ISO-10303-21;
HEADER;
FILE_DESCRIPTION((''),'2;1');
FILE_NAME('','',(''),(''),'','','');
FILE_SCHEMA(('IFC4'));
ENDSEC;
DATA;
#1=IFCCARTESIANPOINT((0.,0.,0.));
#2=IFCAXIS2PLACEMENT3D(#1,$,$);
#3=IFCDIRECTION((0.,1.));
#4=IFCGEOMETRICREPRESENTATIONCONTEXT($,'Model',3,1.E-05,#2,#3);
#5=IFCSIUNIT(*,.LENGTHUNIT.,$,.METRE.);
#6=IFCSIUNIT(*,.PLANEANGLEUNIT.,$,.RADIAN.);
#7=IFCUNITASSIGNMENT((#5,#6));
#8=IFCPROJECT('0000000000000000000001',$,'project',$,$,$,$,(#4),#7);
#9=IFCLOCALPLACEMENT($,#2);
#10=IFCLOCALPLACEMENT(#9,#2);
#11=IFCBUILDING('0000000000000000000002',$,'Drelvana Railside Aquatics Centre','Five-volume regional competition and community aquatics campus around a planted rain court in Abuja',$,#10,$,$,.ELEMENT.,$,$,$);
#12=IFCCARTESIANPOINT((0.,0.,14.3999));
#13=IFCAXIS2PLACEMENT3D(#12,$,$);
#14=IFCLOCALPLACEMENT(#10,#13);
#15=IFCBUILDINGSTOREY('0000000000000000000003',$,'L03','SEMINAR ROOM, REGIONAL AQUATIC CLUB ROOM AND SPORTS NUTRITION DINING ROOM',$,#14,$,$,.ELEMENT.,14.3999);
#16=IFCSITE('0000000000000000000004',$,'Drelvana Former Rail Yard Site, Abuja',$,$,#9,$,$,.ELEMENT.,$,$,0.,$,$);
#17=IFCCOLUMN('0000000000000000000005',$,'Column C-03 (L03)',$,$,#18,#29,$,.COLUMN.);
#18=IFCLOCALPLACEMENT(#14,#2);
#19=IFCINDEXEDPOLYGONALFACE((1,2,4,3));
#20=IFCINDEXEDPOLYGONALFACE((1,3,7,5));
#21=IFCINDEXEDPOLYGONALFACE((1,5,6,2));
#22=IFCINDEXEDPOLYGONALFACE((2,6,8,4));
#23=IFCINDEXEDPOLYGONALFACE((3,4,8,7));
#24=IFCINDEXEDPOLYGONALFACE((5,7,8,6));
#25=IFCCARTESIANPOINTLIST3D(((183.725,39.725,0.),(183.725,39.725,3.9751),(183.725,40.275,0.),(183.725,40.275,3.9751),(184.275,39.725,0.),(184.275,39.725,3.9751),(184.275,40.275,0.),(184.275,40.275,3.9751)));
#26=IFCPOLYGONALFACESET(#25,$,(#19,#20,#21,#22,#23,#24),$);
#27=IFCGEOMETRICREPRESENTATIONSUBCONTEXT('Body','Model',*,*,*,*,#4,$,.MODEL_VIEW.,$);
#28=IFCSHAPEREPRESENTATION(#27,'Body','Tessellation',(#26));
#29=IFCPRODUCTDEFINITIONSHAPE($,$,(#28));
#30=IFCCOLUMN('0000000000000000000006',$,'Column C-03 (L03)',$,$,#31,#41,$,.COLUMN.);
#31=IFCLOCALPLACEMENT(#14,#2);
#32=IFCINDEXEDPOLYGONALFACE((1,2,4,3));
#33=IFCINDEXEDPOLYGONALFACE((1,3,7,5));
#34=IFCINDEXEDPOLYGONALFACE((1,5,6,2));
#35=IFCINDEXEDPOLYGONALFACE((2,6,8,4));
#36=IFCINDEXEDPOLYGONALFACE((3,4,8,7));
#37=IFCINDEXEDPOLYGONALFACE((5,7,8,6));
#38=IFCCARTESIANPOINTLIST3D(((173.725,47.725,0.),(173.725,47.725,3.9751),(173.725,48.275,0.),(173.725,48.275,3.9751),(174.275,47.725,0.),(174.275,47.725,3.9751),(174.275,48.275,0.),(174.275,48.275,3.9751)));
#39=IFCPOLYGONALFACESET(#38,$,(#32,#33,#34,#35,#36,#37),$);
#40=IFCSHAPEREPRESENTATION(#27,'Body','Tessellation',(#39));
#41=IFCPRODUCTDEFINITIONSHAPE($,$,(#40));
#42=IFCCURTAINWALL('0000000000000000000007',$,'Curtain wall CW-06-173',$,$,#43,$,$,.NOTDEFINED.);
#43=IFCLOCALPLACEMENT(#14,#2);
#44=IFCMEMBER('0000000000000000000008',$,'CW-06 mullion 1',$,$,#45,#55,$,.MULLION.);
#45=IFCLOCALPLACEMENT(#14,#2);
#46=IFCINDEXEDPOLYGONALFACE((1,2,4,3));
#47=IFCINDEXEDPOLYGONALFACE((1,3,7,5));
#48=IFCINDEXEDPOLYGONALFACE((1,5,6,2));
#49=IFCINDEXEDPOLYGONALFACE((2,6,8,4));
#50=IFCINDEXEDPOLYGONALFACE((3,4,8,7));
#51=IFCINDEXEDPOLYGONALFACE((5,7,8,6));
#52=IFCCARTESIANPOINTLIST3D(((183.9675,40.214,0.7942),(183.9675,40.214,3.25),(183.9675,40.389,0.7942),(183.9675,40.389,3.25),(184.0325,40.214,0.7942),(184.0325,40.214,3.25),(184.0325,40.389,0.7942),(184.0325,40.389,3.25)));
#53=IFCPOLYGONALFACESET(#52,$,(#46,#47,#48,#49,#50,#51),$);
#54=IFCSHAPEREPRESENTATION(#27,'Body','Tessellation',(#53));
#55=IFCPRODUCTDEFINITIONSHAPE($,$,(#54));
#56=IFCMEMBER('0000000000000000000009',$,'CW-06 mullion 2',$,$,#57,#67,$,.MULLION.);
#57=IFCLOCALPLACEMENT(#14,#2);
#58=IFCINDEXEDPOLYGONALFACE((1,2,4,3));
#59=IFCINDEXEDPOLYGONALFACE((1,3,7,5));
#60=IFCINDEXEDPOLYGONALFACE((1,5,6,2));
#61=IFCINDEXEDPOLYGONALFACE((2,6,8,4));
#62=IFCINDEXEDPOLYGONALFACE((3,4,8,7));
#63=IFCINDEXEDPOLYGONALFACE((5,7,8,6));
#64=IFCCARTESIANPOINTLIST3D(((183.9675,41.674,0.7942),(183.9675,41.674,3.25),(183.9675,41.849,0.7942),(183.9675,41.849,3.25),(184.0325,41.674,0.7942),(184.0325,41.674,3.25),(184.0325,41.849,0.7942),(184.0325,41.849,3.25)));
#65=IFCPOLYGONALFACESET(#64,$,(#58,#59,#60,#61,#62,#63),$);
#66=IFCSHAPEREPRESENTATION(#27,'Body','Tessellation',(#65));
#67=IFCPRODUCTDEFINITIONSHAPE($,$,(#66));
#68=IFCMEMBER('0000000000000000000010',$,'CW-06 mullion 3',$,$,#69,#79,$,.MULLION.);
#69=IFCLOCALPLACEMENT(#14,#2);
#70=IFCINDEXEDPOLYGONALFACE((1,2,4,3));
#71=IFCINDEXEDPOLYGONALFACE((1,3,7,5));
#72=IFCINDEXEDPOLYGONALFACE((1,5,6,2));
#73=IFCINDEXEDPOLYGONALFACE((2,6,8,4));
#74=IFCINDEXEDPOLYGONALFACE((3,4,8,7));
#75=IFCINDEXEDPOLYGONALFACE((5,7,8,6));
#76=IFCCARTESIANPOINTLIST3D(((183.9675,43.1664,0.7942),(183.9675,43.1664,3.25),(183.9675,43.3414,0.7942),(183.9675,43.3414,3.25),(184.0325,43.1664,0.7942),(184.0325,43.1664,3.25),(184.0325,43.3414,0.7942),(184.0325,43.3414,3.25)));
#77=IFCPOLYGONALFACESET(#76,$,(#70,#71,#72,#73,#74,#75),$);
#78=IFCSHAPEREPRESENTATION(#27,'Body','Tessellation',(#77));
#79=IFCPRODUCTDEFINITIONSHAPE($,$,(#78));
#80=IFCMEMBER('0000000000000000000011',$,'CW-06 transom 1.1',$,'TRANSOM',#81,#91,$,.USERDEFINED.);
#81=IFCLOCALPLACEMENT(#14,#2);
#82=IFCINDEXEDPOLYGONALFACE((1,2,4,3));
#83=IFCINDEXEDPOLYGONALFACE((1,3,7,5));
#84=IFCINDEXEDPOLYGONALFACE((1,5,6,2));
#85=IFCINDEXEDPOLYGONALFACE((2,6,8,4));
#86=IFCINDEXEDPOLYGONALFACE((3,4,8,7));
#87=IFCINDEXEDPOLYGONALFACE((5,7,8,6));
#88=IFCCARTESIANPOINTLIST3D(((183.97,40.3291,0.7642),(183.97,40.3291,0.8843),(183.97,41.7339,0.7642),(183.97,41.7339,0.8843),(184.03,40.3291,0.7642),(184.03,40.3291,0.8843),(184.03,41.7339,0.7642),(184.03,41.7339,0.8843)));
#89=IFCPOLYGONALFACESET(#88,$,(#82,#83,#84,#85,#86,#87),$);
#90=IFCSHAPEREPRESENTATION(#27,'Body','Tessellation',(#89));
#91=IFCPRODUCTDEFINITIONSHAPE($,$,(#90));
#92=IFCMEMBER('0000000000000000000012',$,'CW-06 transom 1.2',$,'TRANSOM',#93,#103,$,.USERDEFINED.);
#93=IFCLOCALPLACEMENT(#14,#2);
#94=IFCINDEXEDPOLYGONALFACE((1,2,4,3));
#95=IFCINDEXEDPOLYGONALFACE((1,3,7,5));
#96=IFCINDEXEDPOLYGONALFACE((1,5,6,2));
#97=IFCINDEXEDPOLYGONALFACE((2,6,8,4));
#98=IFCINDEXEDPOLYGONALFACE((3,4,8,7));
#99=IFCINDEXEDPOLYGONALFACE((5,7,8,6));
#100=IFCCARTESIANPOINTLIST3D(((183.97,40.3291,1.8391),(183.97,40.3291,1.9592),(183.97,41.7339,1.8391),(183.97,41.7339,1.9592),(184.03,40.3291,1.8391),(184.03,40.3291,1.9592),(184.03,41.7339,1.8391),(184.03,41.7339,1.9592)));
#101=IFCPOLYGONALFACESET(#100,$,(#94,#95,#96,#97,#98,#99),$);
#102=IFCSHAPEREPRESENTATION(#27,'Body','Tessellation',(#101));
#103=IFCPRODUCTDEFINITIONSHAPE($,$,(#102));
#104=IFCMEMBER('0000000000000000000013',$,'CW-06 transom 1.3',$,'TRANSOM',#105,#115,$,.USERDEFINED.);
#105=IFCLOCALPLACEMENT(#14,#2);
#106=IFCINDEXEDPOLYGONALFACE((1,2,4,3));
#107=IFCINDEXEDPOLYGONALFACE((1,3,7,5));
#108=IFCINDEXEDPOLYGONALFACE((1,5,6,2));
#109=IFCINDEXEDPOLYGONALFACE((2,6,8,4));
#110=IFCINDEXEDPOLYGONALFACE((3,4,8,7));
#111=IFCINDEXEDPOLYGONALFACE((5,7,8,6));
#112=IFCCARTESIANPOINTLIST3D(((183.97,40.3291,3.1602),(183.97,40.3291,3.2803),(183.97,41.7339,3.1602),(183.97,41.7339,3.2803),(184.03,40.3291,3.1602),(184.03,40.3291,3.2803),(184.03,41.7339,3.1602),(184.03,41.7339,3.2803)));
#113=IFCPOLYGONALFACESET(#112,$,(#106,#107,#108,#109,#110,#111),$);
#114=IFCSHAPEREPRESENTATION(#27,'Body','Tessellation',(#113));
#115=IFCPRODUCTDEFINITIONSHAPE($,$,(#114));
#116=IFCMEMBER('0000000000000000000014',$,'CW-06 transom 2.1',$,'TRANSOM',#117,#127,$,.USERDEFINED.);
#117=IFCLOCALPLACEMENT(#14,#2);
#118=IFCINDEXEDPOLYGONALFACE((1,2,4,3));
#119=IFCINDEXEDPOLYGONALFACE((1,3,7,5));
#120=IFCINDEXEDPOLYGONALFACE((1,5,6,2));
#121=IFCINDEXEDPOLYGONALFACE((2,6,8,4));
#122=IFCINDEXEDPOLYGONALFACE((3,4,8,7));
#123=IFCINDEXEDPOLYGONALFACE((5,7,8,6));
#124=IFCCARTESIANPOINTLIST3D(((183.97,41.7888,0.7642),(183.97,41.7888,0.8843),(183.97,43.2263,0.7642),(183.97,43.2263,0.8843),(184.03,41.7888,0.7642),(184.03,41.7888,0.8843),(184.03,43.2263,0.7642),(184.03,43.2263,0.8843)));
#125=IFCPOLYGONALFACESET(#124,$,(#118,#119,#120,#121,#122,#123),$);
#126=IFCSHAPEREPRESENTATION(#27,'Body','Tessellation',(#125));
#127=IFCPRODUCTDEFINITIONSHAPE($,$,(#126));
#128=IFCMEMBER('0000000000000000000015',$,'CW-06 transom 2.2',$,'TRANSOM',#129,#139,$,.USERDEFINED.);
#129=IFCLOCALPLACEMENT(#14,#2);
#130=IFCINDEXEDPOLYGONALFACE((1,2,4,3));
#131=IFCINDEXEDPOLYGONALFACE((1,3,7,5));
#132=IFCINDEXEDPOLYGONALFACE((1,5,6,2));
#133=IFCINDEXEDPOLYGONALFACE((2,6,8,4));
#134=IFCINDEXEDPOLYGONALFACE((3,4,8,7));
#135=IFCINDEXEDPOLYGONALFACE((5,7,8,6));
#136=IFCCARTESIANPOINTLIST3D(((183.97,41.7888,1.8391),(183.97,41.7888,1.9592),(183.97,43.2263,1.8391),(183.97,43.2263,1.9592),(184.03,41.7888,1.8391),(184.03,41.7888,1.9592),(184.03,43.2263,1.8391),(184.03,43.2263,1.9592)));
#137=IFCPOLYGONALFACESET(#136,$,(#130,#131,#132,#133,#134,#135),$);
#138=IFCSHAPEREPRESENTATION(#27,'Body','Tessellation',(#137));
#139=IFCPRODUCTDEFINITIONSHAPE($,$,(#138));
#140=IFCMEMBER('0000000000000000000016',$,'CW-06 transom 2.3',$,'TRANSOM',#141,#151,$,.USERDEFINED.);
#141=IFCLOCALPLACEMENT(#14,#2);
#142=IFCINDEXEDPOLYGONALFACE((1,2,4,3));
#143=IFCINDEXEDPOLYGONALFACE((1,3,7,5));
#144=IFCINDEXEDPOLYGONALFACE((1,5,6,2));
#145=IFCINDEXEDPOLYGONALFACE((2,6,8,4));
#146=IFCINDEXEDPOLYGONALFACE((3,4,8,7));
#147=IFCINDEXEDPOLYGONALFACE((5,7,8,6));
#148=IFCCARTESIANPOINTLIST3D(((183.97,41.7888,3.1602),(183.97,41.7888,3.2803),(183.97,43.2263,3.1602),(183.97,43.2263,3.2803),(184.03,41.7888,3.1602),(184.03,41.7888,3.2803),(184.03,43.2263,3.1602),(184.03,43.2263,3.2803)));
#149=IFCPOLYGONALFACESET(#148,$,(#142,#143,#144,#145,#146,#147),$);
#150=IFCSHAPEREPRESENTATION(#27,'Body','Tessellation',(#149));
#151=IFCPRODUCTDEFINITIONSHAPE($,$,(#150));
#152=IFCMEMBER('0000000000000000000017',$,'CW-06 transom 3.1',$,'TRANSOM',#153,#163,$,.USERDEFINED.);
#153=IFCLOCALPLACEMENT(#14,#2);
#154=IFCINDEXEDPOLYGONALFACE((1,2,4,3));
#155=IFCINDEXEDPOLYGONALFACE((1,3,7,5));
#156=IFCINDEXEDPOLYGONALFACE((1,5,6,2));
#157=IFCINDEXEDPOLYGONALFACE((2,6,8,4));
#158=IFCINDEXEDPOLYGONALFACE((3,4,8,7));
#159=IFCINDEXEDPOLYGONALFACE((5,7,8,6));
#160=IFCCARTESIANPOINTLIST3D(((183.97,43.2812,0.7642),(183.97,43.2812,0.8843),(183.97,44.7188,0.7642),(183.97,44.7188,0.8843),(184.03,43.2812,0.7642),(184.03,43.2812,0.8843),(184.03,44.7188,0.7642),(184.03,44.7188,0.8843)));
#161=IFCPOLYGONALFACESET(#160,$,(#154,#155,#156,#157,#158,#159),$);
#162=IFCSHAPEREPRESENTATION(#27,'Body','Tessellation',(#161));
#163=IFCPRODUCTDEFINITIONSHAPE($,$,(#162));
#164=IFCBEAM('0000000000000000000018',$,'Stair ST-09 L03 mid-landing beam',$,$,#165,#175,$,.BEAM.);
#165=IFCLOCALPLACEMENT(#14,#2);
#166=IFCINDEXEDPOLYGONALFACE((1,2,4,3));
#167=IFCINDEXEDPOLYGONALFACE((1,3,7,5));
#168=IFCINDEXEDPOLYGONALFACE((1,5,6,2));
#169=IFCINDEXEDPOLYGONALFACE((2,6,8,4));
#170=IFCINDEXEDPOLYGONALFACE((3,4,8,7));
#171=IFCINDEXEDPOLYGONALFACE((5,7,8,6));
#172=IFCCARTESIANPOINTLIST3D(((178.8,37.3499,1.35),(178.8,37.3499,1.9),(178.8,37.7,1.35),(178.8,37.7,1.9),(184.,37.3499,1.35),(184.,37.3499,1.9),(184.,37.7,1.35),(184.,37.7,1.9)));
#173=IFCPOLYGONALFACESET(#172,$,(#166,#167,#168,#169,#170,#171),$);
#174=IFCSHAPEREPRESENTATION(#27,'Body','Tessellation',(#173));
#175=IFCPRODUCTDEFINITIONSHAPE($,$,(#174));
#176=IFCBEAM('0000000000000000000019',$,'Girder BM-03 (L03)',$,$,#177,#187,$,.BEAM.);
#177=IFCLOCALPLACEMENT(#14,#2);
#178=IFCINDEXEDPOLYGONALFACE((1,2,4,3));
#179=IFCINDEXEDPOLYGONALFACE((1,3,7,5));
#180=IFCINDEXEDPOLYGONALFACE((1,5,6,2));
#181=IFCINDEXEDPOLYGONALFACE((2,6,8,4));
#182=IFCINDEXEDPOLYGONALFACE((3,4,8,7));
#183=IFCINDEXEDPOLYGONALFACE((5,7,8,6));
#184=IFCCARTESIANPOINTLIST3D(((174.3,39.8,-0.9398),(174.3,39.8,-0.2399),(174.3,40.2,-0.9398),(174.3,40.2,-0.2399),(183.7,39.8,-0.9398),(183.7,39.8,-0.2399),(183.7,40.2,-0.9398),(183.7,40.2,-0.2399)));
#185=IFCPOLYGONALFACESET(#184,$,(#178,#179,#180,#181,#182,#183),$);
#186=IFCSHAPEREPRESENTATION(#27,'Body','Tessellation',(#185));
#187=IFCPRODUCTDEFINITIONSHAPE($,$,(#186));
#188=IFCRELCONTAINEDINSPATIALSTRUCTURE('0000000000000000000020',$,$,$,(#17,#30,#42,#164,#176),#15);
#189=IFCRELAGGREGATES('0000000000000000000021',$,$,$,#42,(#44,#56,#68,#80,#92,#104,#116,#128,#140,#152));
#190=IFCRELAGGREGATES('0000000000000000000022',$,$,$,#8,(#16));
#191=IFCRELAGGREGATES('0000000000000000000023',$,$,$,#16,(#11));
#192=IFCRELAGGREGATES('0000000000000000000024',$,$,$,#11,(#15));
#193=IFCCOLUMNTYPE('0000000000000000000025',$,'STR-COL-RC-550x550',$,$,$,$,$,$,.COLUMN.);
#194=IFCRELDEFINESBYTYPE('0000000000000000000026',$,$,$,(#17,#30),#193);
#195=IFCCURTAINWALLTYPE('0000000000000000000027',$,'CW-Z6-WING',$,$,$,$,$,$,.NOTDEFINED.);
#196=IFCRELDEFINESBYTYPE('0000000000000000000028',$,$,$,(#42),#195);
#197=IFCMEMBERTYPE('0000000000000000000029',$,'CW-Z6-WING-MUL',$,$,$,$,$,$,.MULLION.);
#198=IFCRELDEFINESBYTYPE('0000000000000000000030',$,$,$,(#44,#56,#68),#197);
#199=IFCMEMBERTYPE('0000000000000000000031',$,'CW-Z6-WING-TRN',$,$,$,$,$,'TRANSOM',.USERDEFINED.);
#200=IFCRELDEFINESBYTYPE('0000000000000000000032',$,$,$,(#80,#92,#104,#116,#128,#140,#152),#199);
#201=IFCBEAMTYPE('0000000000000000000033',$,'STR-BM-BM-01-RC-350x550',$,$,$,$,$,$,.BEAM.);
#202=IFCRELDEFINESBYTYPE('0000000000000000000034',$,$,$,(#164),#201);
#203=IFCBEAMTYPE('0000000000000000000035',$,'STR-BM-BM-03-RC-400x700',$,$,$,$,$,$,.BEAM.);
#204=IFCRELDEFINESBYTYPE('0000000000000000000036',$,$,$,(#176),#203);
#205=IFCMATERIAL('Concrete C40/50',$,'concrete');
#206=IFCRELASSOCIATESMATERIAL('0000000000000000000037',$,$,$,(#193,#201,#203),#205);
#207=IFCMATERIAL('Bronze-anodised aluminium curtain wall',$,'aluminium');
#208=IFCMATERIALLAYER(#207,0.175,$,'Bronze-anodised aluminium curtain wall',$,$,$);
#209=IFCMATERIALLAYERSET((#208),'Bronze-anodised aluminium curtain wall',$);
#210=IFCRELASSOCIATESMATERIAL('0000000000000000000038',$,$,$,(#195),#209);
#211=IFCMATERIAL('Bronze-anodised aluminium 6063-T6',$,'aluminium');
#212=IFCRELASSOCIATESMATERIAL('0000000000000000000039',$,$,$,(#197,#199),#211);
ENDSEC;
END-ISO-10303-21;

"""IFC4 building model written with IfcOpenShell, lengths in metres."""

from ifc_helpers import new_model, si_unit, direction, frame, origin, origin_2d, place, context, subcontext, project, spatial, rectangle, extrude, material, layer, layer_set, material_profile, profile_set, type_object, element, aggregate, save


model = new_model("IFC4")

# Units and contexts
model_context = context("Model", 3, precision=1e-05, world=origin(), true_north=direction((0.0, 1.0)))
body_context = subcontext(model_context, "Body", "Model", "MODEL_VIEW")
ifc_project = project(units=[si_unit("LENGTHUNIT", "METRE"), si_unit("PLANEANGLEUNIT", "RADIAN")], contexts=[model_context])

# Site, building, storey
site_placement = place(None, origin())
site = spatial("IfcSite", under=ifc_project, at=site_placement, Name="Drelvana Former Rail Yard Site, Abuja", CompositionType="ELEMENT", RefElevation=0.0)
building_placement = place(site_placement, origin())
building = spatial("IfcBuilding", under=site, at=building_placement, Name="Drelvana Railside Aquatics Centre", Description="Five-volume regional competition and community aquatics campus around a planted rain court in Abuja", CompositionType="ELEMENT")
storey_placement = place(building_placement, frame((0.0, 0.0, 14.3999)))
storey = spatial("IfcBuildingStorey", under=building, at=storey_placement, Name="L03", Description="SEMINAR ROOM, REGIONAL AQUATIC CLUB ROOM AND SPORTS NUTRITION DINING ROOM", CompositionType="ELEMENT", Elevation=14.3999)

# Columns
ifc_material_1 = material(Name="Concrete C40/50", Category="concrete")
ifc_material_profile_1 = material_profile(ifc_material_1, rectangle(XDim=0.55, YDim=0.55, at=origin_2d()), Name="RC 550x550")
ifc_profile_set_1 = profile_set([ifc_material_profile_1], Name="Concrete C40/50")
column_type = type_object("IfcColumnType", Name="STR-COL-RC-550x550", PredefinedType="COLUMN", material=ifc_profile_set_1)
for number, where, z_axis, x_axis, name in (
    (1, (184.0, 40.0, 0.0), (0.0, 0.0, 1.0), (1.0, 0.0, 0.0), "Column C-03 (L03)"),
    (2, (174.0, 48.0, 0.0), (0.0, 0.0, 1.0), (1.0, 0.0, 0.0), "Column C-03 (L03)"),
):
    element("IfcColumn", number, at=place(storey_placement, frame(where, z_axis=z_axis, x_axis=x_axis)), inside=storey, type_object=column_type, Name=name, PredefinedType="COLUMN", context=body_context, shape_type="SweptSolid", body=[
        extrude(rectangle(XDim=0.55, YDim=0.55, at=origin_2d()), origin(), (0.0, 0.0, 1.0), 3.9751),
    ])

# Curtain wall, members
ifc_material_2 = material(Name="Bronze-anodised aluminium curtain wall", Category="aluminium")
ifc_layer_1 = layer(ifc_material_2, 0.175, Name="Bronze-anodised aluminium curtain wall")
ifc_layer_set_1 = layer_set([ifc_layer_1], Name="Bronze-anodised aluminium curtain wall")
curtain_wall_type = type_object("IfcCurtainWallType", Name="CW-Z6-WING", PredefinedType="NOTDEFINED", material=ifc_layer_set_1)
curtain_wall_placement = place(storey_placement, origin())
curtain_wall = element("IfcCurtainWall", 3, at=curtain_wall_placement, inside=storey, type_object=curtain_wall_type, Name="Curtain wall CW-06-173", PredefinedType="NOTDEFINED")
ifc_material_3 = material(Name="Bronze-anodised aluminium 6063-T6", Category="aluminium")
ifc_material_profile_2 = material_profile(ifc_material_3, rectangle(XDim=0.0649, YDim=0.175, at=origin_2d()), Name="ALU-M 65x175")
ifc_profile_set_2 = profile_set([ifc_material_profile_2], Name="Bronze-anodised aluminium 6063-T6")
member_type_1 = type_object("IfcMemberType", Name="CW-Z6-WING-MUL", PredefinedType="MULLION", material=ifc_profile_set_2)
member_1_placement = place(storey_placement, frame((184.0, 40.3015, 0.7942), z_axis=(0.0, 0.0, 1.0), x_axis=(-1.0, 0.0, 0.0)))
member_1 = element("IfcMember", 4, at=member_1_placement, type_object=member_type_1, Name="CW-06 mullion 1", PredefinedType="MULLION", context=body_context, shape_type="SweptSolid", body=[
    extrude(rectangle(XDim=0.0649, YDim=0.175, at=origin_2d()), origin(), (0.0, 0.0, 1.0), 2.4558),
])
member_2_placement = place(storey_placement, frame((184.0, 41.7615, 0.7942), z_axis=(0.0, 0.0, 1.0), x_axis=(-1.0, 0.0, 0.0)))
member_2 = element("IfcMember", 5, at=member_2_placement, type_object=member_type_1, Name="CW-06 mullion 2", PredefinedType="MULLION", context=body_context, shape_type="SweptSolid", body=[
    extrude(rectangle(XDim=0.0649, YDim=0.175, at=origin_2d()), origin(), (0.0, 0.0, 1.0), 2.4558),
])
member_3_placement = place(storey_placement, frame((184.0, 43.2539, 0.7942), z_axis=(0.0, 0.0, 1.0), x_axis=(-1.0, 0.0, 0.0)))
member_3 = element("IfcMember", 6, at=member_3_placement, type_object=member_type_1, Name="CW-06 mullion 3", PredefinedType="MULLION", context=body_context, shape_type="SweptSolid", body=[
    extrude(rectangle(XDim=0.0649, YDim=0.175, at=origin_2d()), origin(), (0.0, 0.0, 1.0), 2.4558),
])
ifc_material_profile_3 = material_profile(ifc_material_3, rectangle(XDim=0.1201, YDim=0.0601, at=origin_2d()), Name="ALU-T 60x120")
ifc_profile_set_3 = profile_set([ifc_material_profile_3], Name="Bronze-anodised aluminium 6063-T6")
member_type_2 = type_object("IfcMemberType", Name="CW-Z6-WING-TRN", ElementType="TRANSOM", PredefinedType="USERDEFINED", material=ifc_profile_set_3)
member_4_placement = place(storey_placement, frame((184.0, 40.3291, 0.8242), z_axis=(0.0, 1.0, 0.0), x_axis=(0.0, 0.0, 1.0)))
member_4 = element("IfcMember", 7, at=member_4_placement, type_object=member_type_2, Name="CW-06 transom 1.1", ObjectType="TRANSOM", PredefinedType="USERDEFINED", context=body_context, shape_type="SweptSolid", body=[
    extrude(rectangle(XDim=0.1201, YDim=0.0601, at=origin_2d()), origin(), (0.0, 0.0, 1.0), 1.4048),
])
member_5_placement = place(storey_placement, frame((184.0, 40.3291, 1.8992), z_axis=(0.0, 1.0, 0.0), x_axis=(0.0, 0.0, 1.0)))
member_5 = element("IfcMember", 8, at=member_5_placement, type_object=member_type_2, Name="CW-06 transom 1.2", ObjectType="TRANSOM", PredefinedType="USERDEFINED", context=body_context, shape_type="SweptSolid", body=[
    extrude(rectangle(XDim=0.1201, YDim=0.0601, at=origin_2d()), origin(), (0.0, 0.0, 1.0), 1.4048),
])
member_6_placement = place(storey_placement, frame((184.0, 40.3291, 3.2202), z_axis=(0.0, 1.0, 0.0), x_axis=(0.0, 0.0, 1.0)))
member_6 = element("IfcMember", 9, at=member_6_placement, type_object=member_type_2, Name="CW-06 transom 1.3", ObjectType="TRANSOM", PredefinedType="USERDEFINED", context=body_context, shape_type="SweptSolid", body=[
    extrude(rectangle(XDim=0.1201, YDim=0.0601, at=origin_2d()), origin(), (0.0, 0.0, 1.0), 1.4048),
])
member_7_placement = place(storey_placement, frame((184.0, 41.7888, 0.8242), z_axis=(0.0, 1.0, 0.0), x_axis=(0.0, 0.0, 1.0)))
member_7 = element("IfcMember", 10, at=member_7_placement, type_object=member_type_2, Name="CW-06 transom 2.1", ObjectType="TRANSOM", PredefinedType="USERDEFINED", context=body_context, shape_type="SweptSolid", body=[
    extrude(rectangle(XDim=0.1201, YDim=0.0601, at=origin_2d()), origin(), (0.0, 0.0, 1.0), 1.4375),
])
member_8_placement = place(storey_placement, frame((184.0, 41.7888, 1.8992), z_axis=(0.0, 1.0, 0.0), x_axis=(0.0, 0.0, 1.0)))
member_8 = element("IfcMember", 11, at=member_8_placement, type_object=member_type_2, Name="CW-06 transom 2.2", ObjectType="TRANSOM", PredefinedType="USERDEFINED", context=body_context, shape_type="SweptSolid", body=[
    extrude(rectangle(XDim=0.1201, YDim=0.0601, at=origin_2d()), origin(), (0.0, 0.0, 1.0), 1.4375),
])
member_9_placement = place(storey_placement, frame((184.0, 41.7888, 3.2202), z_axis=(0.0, 1.0, 0.0), x_axis=(0.0, 0.0, 1.0)))
member_9 = element("IfcMember", 12, at=member_9_placement, type_object=member_type_2, Name="CW-06 transom 2.3", ObjectType="TRANSOM", PredefinedType="USERDEFINED", context=body_context, shape_type="SweptSolid", body=[
    extrude(rectangle(XDim=0.1201, YDim=0.0601, at=origin_2d()), origin(), (0.0, 0.0, 1.0), 1.4375),
])
member_10_placement = place(storey_placement, frame((184.0, 43.2812, 0.8242), z_axis=(0.0, 1.0, 0.0), x_axis=(0.0, 0.0, 1.0)))
member_10 = element("IfcMember", 13, at=member_10_placement, type_object=member_type_2, Name="CW-06 transom 3.1", ObjectType="TRANSOM", PredefinedType="USERDEFINED", context=body_context, shape_type="SweptSolid", body=[
    extrude(rectangle(XDim=0.1201, YDim=0.0601, at=origin_2d()), origin(), (0.0, 0.0, 1.0), 1.4375),
])

# Beams
ifc_material_profile_4 = material_profile(ifc_material_1, rectangle(XDim=0.3501, YDim=0.55, at=origin_2d()), Name="RC 350x550")
ifc_profile_set_4 = profile_set([ifc_material_profile_4], Name="Concrete C40/50")
beam_type_1 = type_object("IfcBeamType", Name="STR-BM-BM-01-RC-350x550", PredefinedType="BEAM", material=ifc_profile_set_4)
beam_1_placement = place(storey_placement, frame((178.8, 37.5249, 1.625), z_axis=(1.0, 0.0, 0.0), x_axis=(0.0, 1.0, 0.0)))
element("IfcBeam", 14, at=beam_1_placement, inside=storey, type_object=beam_type_1, Name="Stair ST-09 L03 mid-landing beam", PredefinedType="BEAM", context=body_context, shape_type="SweptSolid", body=[
    extrude(rectangle(XDim=0.3501, YDim=0.55, at=origin_2d()), origin(), (0.0, 0.0, 1.0), 5.2),
])
ifc_material_profile_5 = material_profile(ifc_material_1, rectangle(XDim=0.3999, YDim=0.7, at=origin_2d()), Name="RC 400x700")
ifc_profile_set_5 = profile_set([ifc_material_profile_5], Name="Concrete C40/50")
beam_type_2 = type_object("IfcBeamType", Name="STR-BM-BM-03-RC-400x700", PredefinedType="BEAM", material=ifc_profile_set_5)
for number, where, z_axis, x_axis, name in (
    (15, (174.3, 40.0, -0.5898), (1.0, 0.0, 0.0), (0.0, 1.0, 0.0), "Girder BM-03 (L03)"),
):
    element("IfcBeam", number, at=place(storey_placement, frame(where, z_axis=z_axis, x_axis=x_axis)), inside=storey, type_object=beam_type_2, Name=name, PredefinedType="BEAM", context=body_context, shape_type="SweptSolid", body=[
        extrude(rectangle(XDim=0.3999, YDim=0.7, at=origin_2d()), origin(), (0.0, 0.0, 1.0), 9.3999),
    ])

aggregate(curtain_wall, [member_1, member_2, member_3, member_4, member_5, member_6, member_7, member_8, member_9, member_10])

save(model, "model.ifc")
